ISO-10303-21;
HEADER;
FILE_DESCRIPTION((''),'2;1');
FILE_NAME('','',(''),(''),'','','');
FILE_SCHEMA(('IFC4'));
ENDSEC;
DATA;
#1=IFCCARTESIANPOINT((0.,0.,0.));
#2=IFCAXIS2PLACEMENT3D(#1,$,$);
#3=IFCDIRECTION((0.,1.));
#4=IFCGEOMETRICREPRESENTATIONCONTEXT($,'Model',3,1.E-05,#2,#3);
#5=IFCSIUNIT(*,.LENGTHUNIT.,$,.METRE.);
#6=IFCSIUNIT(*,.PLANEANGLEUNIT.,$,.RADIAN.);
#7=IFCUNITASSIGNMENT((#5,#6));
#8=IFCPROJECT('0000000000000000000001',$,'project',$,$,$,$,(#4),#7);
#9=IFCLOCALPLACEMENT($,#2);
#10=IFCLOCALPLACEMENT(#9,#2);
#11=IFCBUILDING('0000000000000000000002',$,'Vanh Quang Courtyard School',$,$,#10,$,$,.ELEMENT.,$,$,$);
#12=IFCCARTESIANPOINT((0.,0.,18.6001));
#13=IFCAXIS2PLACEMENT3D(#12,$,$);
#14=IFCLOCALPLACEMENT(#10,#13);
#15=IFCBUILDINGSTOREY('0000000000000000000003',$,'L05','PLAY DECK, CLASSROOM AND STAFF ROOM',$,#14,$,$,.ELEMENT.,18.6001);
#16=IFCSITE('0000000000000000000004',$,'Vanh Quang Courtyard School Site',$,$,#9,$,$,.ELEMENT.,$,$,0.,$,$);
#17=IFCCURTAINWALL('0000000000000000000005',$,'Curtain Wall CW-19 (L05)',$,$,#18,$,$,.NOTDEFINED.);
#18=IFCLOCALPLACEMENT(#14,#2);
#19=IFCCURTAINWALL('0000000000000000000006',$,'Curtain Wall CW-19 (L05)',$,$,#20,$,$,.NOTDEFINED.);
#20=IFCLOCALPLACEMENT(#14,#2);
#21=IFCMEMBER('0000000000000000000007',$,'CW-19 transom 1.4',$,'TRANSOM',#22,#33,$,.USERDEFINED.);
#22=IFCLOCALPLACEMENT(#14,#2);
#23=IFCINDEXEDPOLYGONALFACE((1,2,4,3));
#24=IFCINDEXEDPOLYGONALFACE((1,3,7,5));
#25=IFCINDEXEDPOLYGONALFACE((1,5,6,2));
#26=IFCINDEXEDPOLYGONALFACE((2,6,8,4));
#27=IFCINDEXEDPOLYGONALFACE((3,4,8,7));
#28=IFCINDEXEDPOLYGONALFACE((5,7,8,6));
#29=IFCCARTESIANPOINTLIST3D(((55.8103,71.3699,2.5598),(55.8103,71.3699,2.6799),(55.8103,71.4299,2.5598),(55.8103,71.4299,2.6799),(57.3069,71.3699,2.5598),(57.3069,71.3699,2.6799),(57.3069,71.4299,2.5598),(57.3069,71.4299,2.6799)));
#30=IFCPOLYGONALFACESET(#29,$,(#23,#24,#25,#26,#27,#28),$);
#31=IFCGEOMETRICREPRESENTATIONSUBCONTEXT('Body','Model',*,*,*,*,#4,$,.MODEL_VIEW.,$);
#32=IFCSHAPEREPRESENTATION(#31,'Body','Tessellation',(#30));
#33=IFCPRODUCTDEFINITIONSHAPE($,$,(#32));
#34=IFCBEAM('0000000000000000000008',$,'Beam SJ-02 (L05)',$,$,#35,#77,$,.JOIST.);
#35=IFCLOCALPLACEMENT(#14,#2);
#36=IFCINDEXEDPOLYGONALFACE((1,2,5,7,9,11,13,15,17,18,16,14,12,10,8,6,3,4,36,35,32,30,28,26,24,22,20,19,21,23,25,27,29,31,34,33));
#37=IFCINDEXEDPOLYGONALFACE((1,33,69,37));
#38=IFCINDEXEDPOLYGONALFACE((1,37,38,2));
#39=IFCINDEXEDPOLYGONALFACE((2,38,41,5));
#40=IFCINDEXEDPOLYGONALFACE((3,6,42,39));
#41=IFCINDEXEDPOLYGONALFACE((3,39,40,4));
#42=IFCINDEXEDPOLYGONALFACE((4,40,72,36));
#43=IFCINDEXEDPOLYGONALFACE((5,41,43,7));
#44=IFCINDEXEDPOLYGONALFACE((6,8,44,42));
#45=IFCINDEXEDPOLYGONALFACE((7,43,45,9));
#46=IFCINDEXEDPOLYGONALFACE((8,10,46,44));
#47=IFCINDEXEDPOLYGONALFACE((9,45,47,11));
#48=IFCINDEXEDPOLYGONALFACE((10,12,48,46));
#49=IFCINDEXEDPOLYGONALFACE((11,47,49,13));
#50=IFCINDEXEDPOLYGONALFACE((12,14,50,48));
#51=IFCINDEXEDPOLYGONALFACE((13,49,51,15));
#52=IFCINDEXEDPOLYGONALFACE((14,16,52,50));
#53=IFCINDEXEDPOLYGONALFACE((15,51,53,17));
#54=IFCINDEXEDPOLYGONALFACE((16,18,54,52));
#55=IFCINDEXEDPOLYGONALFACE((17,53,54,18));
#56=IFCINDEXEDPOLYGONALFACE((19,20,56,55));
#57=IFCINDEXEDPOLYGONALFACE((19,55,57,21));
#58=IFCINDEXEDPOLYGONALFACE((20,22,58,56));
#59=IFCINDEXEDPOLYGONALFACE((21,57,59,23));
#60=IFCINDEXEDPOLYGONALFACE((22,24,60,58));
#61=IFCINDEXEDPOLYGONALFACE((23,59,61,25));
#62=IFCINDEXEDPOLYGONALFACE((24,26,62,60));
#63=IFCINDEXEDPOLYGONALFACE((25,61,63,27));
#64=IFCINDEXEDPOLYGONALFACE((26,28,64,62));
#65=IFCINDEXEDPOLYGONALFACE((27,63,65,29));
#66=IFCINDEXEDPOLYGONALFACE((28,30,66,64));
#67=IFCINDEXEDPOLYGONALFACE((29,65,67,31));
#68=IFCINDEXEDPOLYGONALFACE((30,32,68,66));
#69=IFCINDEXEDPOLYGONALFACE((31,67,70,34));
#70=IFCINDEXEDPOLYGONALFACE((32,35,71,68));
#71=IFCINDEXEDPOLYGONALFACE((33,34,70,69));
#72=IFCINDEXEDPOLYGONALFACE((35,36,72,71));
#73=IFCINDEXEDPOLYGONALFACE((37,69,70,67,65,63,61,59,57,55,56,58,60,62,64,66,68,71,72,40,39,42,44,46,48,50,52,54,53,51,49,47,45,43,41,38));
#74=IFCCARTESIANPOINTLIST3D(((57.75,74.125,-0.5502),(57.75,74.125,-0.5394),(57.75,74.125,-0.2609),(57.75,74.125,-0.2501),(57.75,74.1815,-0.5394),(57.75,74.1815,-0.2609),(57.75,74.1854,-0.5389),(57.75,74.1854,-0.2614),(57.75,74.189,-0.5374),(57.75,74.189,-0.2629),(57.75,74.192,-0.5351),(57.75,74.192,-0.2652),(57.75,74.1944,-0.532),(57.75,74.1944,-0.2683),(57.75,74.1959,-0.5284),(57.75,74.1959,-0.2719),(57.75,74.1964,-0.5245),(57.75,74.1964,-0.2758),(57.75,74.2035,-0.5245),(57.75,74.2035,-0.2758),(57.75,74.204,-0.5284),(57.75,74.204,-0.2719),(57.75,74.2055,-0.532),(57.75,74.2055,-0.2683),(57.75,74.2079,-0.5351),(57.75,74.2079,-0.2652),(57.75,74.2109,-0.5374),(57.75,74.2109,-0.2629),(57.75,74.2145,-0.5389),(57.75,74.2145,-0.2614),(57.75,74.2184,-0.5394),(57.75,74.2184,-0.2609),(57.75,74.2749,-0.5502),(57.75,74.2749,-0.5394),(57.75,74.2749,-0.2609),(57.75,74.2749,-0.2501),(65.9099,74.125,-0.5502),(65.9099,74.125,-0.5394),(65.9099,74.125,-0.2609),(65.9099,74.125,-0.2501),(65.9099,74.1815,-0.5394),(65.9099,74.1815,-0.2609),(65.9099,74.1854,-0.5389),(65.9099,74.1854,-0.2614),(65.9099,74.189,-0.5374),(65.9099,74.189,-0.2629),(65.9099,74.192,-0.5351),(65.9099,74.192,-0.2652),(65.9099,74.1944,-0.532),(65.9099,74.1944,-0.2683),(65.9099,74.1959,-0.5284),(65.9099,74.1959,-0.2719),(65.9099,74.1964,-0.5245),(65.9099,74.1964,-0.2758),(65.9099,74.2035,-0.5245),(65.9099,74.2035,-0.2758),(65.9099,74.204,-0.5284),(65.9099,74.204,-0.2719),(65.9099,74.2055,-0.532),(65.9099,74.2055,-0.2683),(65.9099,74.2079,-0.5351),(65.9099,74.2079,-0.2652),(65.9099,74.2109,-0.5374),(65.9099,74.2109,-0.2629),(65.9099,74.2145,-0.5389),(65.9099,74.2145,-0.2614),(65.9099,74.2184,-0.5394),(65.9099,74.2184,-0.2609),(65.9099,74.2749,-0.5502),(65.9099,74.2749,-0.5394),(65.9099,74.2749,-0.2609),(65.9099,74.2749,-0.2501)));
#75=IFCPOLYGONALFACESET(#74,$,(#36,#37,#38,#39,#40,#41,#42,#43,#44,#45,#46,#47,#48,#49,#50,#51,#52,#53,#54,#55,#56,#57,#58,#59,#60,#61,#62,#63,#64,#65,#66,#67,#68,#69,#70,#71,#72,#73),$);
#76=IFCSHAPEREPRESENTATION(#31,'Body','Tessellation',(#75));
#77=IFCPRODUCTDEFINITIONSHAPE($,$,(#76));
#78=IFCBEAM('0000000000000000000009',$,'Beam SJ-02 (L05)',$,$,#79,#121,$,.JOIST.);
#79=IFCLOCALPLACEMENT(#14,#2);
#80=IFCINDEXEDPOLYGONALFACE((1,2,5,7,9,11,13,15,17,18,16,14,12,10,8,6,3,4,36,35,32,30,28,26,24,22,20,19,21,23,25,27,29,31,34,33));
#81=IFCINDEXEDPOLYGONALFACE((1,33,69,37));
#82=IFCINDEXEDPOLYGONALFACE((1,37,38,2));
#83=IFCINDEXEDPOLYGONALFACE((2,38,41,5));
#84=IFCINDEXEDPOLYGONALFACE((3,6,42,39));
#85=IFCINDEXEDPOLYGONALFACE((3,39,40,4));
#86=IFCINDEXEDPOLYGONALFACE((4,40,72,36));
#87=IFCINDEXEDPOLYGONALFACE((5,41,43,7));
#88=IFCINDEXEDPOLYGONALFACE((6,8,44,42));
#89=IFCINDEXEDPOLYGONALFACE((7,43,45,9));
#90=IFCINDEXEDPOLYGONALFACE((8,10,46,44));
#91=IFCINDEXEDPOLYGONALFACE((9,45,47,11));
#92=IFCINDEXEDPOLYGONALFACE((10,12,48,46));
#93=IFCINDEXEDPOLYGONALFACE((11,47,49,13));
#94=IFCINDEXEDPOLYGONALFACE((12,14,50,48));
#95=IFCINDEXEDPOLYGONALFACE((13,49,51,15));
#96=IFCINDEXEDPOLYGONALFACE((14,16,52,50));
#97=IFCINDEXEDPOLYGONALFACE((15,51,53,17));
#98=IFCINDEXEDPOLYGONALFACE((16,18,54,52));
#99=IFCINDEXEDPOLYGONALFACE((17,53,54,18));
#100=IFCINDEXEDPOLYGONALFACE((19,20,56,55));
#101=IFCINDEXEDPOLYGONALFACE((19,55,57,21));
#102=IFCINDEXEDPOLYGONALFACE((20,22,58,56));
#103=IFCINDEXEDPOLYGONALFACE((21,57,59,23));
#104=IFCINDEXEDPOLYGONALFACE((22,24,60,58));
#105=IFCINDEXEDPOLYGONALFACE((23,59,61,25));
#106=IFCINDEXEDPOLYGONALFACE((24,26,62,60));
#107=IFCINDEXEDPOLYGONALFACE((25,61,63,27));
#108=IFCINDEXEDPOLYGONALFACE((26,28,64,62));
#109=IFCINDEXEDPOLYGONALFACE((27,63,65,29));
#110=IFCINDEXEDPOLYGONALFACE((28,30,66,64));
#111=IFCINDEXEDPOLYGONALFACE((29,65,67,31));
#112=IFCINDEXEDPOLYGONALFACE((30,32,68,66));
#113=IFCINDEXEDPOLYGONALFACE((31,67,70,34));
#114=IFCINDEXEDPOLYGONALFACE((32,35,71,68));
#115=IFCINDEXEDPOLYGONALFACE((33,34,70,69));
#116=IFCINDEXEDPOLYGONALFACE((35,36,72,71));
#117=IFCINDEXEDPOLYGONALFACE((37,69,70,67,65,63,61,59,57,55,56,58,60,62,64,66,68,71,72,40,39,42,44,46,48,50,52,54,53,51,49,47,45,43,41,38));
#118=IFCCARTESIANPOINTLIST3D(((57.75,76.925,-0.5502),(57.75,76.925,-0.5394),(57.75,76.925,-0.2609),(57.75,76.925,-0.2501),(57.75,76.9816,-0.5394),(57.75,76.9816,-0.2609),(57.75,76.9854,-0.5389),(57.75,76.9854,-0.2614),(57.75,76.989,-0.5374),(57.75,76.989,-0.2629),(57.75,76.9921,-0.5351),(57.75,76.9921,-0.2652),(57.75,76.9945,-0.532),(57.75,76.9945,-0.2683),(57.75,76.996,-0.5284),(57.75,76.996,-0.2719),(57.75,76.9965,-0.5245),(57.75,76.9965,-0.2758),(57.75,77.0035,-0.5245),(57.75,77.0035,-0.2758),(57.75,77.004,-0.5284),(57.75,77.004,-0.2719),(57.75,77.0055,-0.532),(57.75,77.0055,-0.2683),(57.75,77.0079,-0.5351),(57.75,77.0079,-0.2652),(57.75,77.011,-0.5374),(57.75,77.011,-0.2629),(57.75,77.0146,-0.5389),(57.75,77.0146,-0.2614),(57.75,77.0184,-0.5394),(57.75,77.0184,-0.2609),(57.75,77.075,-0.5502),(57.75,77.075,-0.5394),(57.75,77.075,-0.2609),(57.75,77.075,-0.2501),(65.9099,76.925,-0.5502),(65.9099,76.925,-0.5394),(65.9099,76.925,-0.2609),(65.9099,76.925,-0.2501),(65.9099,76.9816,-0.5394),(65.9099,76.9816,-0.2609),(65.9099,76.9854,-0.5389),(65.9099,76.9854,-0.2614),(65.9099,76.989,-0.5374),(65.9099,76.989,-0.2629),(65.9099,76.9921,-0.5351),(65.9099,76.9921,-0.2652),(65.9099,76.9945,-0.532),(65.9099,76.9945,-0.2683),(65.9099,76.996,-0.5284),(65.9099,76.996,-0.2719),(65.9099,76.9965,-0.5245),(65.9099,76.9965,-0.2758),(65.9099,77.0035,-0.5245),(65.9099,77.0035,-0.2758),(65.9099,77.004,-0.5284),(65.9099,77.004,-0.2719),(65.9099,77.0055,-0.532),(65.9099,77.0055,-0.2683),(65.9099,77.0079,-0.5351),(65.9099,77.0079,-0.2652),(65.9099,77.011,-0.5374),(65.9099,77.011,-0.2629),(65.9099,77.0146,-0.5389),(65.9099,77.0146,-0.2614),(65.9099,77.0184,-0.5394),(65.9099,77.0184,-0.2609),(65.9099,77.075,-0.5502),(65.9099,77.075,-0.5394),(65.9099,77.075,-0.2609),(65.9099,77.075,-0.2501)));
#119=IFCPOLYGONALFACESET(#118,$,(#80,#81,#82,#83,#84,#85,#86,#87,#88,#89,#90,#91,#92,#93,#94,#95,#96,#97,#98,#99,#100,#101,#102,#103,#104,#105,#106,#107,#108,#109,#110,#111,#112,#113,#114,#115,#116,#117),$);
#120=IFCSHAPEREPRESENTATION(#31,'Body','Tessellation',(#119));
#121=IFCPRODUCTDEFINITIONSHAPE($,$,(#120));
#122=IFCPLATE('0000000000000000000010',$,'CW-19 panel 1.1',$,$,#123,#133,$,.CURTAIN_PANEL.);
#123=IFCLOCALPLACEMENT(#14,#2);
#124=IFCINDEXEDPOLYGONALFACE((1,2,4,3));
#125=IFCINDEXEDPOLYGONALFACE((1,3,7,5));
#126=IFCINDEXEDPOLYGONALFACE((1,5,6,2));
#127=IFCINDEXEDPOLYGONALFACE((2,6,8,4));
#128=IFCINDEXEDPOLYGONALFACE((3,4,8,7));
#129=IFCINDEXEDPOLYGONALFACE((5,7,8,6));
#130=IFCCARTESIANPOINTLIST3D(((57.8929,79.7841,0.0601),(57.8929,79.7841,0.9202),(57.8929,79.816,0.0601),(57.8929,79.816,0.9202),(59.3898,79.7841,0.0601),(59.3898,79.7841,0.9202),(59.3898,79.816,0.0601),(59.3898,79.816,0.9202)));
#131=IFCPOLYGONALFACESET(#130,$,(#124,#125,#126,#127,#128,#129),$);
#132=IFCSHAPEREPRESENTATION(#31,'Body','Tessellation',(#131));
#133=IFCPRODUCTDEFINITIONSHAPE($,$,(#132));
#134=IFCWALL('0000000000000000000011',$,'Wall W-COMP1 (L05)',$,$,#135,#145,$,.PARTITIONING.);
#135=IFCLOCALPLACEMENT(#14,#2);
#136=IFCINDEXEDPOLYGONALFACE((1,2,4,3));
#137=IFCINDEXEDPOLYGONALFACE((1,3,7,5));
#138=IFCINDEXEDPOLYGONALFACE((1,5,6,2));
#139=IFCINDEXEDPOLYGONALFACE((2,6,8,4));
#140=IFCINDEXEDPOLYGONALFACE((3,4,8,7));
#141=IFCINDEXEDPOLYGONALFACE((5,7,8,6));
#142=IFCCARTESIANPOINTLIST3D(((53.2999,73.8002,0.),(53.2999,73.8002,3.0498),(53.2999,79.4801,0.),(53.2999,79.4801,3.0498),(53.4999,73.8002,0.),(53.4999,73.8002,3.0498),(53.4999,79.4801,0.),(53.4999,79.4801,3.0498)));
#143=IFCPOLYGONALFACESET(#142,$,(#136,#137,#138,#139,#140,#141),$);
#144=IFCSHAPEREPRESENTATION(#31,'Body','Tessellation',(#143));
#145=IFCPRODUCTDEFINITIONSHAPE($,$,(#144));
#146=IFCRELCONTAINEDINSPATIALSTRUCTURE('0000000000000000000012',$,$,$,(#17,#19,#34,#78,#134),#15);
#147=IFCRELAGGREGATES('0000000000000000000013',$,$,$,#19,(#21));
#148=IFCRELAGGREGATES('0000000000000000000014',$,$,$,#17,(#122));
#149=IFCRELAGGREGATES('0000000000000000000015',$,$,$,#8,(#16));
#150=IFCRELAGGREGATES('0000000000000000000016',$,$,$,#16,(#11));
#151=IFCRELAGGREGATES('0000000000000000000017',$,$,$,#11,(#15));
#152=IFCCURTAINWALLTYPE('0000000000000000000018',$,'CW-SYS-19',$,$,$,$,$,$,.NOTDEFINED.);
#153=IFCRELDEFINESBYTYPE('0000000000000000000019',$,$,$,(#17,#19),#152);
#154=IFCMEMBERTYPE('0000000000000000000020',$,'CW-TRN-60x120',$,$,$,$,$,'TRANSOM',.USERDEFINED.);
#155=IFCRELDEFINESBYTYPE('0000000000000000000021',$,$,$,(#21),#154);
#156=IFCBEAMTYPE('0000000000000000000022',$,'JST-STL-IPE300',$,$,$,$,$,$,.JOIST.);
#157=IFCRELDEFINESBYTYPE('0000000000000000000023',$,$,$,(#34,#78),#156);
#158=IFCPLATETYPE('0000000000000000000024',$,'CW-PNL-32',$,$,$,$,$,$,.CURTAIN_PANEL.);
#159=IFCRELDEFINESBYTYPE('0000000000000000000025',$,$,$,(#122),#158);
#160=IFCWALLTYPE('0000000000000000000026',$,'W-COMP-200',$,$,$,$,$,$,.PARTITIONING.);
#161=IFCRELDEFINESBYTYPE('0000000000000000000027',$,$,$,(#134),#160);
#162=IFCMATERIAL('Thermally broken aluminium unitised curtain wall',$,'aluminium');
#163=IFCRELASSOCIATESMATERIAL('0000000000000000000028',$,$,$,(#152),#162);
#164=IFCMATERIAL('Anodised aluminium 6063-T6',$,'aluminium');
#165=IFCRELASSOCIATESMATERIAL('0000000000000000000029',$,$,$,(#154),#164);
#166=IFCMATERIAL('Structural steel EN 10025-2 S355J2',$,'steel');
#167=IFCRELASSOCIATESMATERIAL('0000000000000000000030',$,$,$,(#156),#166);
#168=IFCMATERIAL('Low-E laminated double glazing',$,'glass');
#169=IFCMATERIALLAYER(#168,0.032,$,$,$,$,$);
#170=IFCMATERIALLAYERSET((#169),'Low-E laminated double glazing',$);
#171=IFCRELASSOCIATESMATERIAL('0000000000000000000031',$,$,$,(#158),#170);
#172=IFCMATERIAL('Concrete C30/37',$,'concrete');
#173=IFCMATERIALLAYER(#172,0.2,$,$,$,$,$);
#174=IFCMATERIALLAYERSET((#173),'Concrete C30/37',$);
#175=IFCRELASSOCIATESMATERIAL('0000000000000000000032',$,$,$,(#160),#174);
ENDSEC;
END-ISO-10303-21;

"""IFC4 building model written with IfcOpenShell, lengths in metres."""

from ifc_helpers import new_model, si_unit, direction, frame, frame_2d, origin, origin_2d, place, context, subcontext, project, spatial, rectangle, i_section, extrude, material, layer, layer_set, material_profile, profile_set, type_object, element, aggregate, save


model = new_model("IFC4")

# Units and contexts
model_context = context("Model", 3, precision=1e-05, world=origin(), true_north=direction((0.0, 1.0)))
body_context = subcontext(model_context, "Body", "Model", "MODEL_VIEW")
ifc_project = project(units=[si_unit("LENGTHUNIT", "METRE"), si_unit("PLANEANGLEUNIT", "RADIAN")], contexts=[model_context])

# Site, building, storey
site_placement = place(None, origin())
site = spatial("IfcSite", under=ifc_project, at=site_placement, Name="Vanh Quang Courtyard School Site", CompositionType="ELEMENT", RefElevation=0.0)
building_placement = place(site_placement, origin())
building = spatial("IfcBuilding", under=site, at=building_placement, Name="Vanh Quang Courtyard School", CompositionType="ELEMENT")
storey_placement = place(building_placement, frame((0.0, 0.0, 18.6001)))
storey = spatial("IfcBuildingStorey", under=building, at=storey_placement, Name="L05", Description="PLAY DECK, CLASSROOM AND STAFF ROOM", CompositionType="ELEMENT", Elevation=18.6001)

# Curtain walls
ifc_material_1 = material(Name="Thermally broken aluminium unitised curtain wall", Category="aluminium")
curtain_wall_type = type_object("IfcCurtainWallType", Name="CW-SYS-19", PredefinedType="NOTDEFINED", material=ifc_material_1)
curtain_wall_1_placement = place(storey_placement, origin())
curtain_wall_1 = element("IfcCurtainWall", 1, at=curtain_wall_1_placement, inside=storey, type_object=curtain_wall_type, Name="Curtain Wall CW-19 (L05)", PredefinedType="NOTDEFINED")
ifc_material_2 = material(Name="Anodised aluminium 6063-T6", Category="aluminium")
curtain_wall_2_placement = place(storey_placement, origin())
curtain_wall_2 = element("IfcCurtainWall", 2, at=curtain_wall_2_placement, inside=storey, type_object=curtain_wall_type, Name="Curtain Wall CW-19 (L05)", PredefinedType="NOTDEFINED")

# Member
ifc_material_profile_1 = material_profile(ifc_material_2, rectangle(XDim=0.0601, YDim=0.1201, at=origin_2d()), Name="ALU-TRN 60x120")
ifc_profile_set_1 = profile_set([ifc_material_profile_1], Name="Anodised aluminium 6063-T6")
member_type_1 = type_object("IfcMemberType", Name="CW-TRN-60x120", ElementType="TRANSOM", PredefinedType="USERDEFINED", material=ifc_profile_set_1)
member_1_placement = place(storey_placement, frame((57.3069, 71.3999, 2.6199), z_axis=(-1.0, 0.0, 0.0), x_axis=(0.0, -1.0, 0.0)))
member_1 = element("IfcMember", 3, at=member_1_placement, type_object=member_type_1, Name="CW-19 transom 1.4", ObjectType="TRANSOM", PredefinedType="USERDEFINED", context=body_context, shape_type="SweptSolid", body=[
    extrude(rectangle(XDim=0.0601, YDim=0.1201, at=origin_2d()), origin(), (0.0, 0.0, 1.0), 1.4966),
])
aggregate(curtain_wall_2, [member_1])

# Beams
ifc_material_3 = material(Name="Structural steel EN 10025-2 S355J2", Category="steel")
ifc_material_profile_2 = material_profile(ifc_material_3, i_section(OverallWidth=0.1499, OverallDepth=0.3, WebThickness=0.0071, FlangeThickness=0.0107, FilletRadius=0.0149, at=origin_2d()), Name="IPE 300")
ifc_profile_set_2 = profile_set([ifc_material_profile_2], Name="Structural steel EN 10025-2 S355J2")
beam_type_1 = type_object("IfcBeamType", Name="JST-STL-IPE300", PredefinedType="JOIST", material=ifc_profile_set_2)
for number, where, z_axis, x_axis, name in (
    (4, (57.75, 74.2, -0.4001), (1.0, 0.0, 0.0), (0.0, 1.0, 0.0), "Beam SJ-02 (L05)"),
    (5, (57.75, 77.0, -0.4001), (1.0, 0.0, 0.0), (0.0, 1.0, 0.0), "Beam SJ-02 (L05)"),
):
    element("IfcBeam", number, at=place(storey_placement, frame(where, z_axis=z_axis, x_axis=x_axis)), inside=storey, type_object=beam_type_1, Name=name, PredefinedType="JOIST", context=body_context, shape_type="SweptSolid", body=[
        extrude(i_section(OverallWidth=0.1499, OverallDepth=0.3, WebThickness=0.0071, FlangeThickness=0.0107, FilletRadius=0.0149, at=origin_2d()), origin(), (0.0, 0.0, 1.0), 8.1599),
    ])

# Plate
ifc_material_4 = material(Name="Low-E laminated double glazing", Category="glass")
ifc_layer_1 = layer(ifc_material_4, 0.032)
ifc_layer_set_1 = layer_set([ifc_layer_1], Name="Low-E laminated double glazing")
plate_type = type_object("IfcPlateType", Name="CW-PNL-32", PredefinedType="CURTAIN_PANEL", material=ifc_layer_set_1)
plate_placement = place(storey_placement, frame((58.6414, 79.8, 0.0601), z_axis=(0.0, 0.0, 1.0), x_axis=(1.0, 0.0, 0.0)))
plate = element("IfcPlate", 6, at=plate_placement, type_object=plate_type, Name="CW-19 panel 1.1", PredefinedType="CURTAIN_PANEL", context=body_context, shape_type="SweptSolid", body=[
    extrude(rectangle(XDim=1.4968, YDim=0.032, at=origin_2d()), origin(), (0.0, 0.0, 1.0), 0.8601),
])
aggregate(curtain_wall_1, [plate])

# Wall
ifc_material_5 = material(Name="Concrete C30/37", Category="concrete")
ifc_layer_2 = layer(ifc_material_5, 0.2)
ifc_layer_set_2 = layer_set([ifc_layer_2], Name="Concrete C30/37")
wall_type = type_object("IfcWallType", Name="W-COMP-200", PredefinedType="PARTITIONING", material=ifc_layer_set_2)
wall_1_placement = place(storey_placement, frame((53.3999, 79.48, 0.0), z_axis=(0.0, 0.0, 1.0), x_axis=(0.0, -1.0, 0.0)))
element("IfcWall", 7, at=wall_1_placement, inside=storey, type_object=wall_type, Name="Wall W-COMP1 (L05)", PredefinedType="PARTITIONING", context=body_context, shape_type="SweptSolid", body=[
    extrude(rectangle(XDim=5.6799, YDim=0.2, at=frame_2d((2.8398, 0.0))), origin(), (0.0, 0.0, 1.0), 3.0498),
])

save(model, "model.ifc")
